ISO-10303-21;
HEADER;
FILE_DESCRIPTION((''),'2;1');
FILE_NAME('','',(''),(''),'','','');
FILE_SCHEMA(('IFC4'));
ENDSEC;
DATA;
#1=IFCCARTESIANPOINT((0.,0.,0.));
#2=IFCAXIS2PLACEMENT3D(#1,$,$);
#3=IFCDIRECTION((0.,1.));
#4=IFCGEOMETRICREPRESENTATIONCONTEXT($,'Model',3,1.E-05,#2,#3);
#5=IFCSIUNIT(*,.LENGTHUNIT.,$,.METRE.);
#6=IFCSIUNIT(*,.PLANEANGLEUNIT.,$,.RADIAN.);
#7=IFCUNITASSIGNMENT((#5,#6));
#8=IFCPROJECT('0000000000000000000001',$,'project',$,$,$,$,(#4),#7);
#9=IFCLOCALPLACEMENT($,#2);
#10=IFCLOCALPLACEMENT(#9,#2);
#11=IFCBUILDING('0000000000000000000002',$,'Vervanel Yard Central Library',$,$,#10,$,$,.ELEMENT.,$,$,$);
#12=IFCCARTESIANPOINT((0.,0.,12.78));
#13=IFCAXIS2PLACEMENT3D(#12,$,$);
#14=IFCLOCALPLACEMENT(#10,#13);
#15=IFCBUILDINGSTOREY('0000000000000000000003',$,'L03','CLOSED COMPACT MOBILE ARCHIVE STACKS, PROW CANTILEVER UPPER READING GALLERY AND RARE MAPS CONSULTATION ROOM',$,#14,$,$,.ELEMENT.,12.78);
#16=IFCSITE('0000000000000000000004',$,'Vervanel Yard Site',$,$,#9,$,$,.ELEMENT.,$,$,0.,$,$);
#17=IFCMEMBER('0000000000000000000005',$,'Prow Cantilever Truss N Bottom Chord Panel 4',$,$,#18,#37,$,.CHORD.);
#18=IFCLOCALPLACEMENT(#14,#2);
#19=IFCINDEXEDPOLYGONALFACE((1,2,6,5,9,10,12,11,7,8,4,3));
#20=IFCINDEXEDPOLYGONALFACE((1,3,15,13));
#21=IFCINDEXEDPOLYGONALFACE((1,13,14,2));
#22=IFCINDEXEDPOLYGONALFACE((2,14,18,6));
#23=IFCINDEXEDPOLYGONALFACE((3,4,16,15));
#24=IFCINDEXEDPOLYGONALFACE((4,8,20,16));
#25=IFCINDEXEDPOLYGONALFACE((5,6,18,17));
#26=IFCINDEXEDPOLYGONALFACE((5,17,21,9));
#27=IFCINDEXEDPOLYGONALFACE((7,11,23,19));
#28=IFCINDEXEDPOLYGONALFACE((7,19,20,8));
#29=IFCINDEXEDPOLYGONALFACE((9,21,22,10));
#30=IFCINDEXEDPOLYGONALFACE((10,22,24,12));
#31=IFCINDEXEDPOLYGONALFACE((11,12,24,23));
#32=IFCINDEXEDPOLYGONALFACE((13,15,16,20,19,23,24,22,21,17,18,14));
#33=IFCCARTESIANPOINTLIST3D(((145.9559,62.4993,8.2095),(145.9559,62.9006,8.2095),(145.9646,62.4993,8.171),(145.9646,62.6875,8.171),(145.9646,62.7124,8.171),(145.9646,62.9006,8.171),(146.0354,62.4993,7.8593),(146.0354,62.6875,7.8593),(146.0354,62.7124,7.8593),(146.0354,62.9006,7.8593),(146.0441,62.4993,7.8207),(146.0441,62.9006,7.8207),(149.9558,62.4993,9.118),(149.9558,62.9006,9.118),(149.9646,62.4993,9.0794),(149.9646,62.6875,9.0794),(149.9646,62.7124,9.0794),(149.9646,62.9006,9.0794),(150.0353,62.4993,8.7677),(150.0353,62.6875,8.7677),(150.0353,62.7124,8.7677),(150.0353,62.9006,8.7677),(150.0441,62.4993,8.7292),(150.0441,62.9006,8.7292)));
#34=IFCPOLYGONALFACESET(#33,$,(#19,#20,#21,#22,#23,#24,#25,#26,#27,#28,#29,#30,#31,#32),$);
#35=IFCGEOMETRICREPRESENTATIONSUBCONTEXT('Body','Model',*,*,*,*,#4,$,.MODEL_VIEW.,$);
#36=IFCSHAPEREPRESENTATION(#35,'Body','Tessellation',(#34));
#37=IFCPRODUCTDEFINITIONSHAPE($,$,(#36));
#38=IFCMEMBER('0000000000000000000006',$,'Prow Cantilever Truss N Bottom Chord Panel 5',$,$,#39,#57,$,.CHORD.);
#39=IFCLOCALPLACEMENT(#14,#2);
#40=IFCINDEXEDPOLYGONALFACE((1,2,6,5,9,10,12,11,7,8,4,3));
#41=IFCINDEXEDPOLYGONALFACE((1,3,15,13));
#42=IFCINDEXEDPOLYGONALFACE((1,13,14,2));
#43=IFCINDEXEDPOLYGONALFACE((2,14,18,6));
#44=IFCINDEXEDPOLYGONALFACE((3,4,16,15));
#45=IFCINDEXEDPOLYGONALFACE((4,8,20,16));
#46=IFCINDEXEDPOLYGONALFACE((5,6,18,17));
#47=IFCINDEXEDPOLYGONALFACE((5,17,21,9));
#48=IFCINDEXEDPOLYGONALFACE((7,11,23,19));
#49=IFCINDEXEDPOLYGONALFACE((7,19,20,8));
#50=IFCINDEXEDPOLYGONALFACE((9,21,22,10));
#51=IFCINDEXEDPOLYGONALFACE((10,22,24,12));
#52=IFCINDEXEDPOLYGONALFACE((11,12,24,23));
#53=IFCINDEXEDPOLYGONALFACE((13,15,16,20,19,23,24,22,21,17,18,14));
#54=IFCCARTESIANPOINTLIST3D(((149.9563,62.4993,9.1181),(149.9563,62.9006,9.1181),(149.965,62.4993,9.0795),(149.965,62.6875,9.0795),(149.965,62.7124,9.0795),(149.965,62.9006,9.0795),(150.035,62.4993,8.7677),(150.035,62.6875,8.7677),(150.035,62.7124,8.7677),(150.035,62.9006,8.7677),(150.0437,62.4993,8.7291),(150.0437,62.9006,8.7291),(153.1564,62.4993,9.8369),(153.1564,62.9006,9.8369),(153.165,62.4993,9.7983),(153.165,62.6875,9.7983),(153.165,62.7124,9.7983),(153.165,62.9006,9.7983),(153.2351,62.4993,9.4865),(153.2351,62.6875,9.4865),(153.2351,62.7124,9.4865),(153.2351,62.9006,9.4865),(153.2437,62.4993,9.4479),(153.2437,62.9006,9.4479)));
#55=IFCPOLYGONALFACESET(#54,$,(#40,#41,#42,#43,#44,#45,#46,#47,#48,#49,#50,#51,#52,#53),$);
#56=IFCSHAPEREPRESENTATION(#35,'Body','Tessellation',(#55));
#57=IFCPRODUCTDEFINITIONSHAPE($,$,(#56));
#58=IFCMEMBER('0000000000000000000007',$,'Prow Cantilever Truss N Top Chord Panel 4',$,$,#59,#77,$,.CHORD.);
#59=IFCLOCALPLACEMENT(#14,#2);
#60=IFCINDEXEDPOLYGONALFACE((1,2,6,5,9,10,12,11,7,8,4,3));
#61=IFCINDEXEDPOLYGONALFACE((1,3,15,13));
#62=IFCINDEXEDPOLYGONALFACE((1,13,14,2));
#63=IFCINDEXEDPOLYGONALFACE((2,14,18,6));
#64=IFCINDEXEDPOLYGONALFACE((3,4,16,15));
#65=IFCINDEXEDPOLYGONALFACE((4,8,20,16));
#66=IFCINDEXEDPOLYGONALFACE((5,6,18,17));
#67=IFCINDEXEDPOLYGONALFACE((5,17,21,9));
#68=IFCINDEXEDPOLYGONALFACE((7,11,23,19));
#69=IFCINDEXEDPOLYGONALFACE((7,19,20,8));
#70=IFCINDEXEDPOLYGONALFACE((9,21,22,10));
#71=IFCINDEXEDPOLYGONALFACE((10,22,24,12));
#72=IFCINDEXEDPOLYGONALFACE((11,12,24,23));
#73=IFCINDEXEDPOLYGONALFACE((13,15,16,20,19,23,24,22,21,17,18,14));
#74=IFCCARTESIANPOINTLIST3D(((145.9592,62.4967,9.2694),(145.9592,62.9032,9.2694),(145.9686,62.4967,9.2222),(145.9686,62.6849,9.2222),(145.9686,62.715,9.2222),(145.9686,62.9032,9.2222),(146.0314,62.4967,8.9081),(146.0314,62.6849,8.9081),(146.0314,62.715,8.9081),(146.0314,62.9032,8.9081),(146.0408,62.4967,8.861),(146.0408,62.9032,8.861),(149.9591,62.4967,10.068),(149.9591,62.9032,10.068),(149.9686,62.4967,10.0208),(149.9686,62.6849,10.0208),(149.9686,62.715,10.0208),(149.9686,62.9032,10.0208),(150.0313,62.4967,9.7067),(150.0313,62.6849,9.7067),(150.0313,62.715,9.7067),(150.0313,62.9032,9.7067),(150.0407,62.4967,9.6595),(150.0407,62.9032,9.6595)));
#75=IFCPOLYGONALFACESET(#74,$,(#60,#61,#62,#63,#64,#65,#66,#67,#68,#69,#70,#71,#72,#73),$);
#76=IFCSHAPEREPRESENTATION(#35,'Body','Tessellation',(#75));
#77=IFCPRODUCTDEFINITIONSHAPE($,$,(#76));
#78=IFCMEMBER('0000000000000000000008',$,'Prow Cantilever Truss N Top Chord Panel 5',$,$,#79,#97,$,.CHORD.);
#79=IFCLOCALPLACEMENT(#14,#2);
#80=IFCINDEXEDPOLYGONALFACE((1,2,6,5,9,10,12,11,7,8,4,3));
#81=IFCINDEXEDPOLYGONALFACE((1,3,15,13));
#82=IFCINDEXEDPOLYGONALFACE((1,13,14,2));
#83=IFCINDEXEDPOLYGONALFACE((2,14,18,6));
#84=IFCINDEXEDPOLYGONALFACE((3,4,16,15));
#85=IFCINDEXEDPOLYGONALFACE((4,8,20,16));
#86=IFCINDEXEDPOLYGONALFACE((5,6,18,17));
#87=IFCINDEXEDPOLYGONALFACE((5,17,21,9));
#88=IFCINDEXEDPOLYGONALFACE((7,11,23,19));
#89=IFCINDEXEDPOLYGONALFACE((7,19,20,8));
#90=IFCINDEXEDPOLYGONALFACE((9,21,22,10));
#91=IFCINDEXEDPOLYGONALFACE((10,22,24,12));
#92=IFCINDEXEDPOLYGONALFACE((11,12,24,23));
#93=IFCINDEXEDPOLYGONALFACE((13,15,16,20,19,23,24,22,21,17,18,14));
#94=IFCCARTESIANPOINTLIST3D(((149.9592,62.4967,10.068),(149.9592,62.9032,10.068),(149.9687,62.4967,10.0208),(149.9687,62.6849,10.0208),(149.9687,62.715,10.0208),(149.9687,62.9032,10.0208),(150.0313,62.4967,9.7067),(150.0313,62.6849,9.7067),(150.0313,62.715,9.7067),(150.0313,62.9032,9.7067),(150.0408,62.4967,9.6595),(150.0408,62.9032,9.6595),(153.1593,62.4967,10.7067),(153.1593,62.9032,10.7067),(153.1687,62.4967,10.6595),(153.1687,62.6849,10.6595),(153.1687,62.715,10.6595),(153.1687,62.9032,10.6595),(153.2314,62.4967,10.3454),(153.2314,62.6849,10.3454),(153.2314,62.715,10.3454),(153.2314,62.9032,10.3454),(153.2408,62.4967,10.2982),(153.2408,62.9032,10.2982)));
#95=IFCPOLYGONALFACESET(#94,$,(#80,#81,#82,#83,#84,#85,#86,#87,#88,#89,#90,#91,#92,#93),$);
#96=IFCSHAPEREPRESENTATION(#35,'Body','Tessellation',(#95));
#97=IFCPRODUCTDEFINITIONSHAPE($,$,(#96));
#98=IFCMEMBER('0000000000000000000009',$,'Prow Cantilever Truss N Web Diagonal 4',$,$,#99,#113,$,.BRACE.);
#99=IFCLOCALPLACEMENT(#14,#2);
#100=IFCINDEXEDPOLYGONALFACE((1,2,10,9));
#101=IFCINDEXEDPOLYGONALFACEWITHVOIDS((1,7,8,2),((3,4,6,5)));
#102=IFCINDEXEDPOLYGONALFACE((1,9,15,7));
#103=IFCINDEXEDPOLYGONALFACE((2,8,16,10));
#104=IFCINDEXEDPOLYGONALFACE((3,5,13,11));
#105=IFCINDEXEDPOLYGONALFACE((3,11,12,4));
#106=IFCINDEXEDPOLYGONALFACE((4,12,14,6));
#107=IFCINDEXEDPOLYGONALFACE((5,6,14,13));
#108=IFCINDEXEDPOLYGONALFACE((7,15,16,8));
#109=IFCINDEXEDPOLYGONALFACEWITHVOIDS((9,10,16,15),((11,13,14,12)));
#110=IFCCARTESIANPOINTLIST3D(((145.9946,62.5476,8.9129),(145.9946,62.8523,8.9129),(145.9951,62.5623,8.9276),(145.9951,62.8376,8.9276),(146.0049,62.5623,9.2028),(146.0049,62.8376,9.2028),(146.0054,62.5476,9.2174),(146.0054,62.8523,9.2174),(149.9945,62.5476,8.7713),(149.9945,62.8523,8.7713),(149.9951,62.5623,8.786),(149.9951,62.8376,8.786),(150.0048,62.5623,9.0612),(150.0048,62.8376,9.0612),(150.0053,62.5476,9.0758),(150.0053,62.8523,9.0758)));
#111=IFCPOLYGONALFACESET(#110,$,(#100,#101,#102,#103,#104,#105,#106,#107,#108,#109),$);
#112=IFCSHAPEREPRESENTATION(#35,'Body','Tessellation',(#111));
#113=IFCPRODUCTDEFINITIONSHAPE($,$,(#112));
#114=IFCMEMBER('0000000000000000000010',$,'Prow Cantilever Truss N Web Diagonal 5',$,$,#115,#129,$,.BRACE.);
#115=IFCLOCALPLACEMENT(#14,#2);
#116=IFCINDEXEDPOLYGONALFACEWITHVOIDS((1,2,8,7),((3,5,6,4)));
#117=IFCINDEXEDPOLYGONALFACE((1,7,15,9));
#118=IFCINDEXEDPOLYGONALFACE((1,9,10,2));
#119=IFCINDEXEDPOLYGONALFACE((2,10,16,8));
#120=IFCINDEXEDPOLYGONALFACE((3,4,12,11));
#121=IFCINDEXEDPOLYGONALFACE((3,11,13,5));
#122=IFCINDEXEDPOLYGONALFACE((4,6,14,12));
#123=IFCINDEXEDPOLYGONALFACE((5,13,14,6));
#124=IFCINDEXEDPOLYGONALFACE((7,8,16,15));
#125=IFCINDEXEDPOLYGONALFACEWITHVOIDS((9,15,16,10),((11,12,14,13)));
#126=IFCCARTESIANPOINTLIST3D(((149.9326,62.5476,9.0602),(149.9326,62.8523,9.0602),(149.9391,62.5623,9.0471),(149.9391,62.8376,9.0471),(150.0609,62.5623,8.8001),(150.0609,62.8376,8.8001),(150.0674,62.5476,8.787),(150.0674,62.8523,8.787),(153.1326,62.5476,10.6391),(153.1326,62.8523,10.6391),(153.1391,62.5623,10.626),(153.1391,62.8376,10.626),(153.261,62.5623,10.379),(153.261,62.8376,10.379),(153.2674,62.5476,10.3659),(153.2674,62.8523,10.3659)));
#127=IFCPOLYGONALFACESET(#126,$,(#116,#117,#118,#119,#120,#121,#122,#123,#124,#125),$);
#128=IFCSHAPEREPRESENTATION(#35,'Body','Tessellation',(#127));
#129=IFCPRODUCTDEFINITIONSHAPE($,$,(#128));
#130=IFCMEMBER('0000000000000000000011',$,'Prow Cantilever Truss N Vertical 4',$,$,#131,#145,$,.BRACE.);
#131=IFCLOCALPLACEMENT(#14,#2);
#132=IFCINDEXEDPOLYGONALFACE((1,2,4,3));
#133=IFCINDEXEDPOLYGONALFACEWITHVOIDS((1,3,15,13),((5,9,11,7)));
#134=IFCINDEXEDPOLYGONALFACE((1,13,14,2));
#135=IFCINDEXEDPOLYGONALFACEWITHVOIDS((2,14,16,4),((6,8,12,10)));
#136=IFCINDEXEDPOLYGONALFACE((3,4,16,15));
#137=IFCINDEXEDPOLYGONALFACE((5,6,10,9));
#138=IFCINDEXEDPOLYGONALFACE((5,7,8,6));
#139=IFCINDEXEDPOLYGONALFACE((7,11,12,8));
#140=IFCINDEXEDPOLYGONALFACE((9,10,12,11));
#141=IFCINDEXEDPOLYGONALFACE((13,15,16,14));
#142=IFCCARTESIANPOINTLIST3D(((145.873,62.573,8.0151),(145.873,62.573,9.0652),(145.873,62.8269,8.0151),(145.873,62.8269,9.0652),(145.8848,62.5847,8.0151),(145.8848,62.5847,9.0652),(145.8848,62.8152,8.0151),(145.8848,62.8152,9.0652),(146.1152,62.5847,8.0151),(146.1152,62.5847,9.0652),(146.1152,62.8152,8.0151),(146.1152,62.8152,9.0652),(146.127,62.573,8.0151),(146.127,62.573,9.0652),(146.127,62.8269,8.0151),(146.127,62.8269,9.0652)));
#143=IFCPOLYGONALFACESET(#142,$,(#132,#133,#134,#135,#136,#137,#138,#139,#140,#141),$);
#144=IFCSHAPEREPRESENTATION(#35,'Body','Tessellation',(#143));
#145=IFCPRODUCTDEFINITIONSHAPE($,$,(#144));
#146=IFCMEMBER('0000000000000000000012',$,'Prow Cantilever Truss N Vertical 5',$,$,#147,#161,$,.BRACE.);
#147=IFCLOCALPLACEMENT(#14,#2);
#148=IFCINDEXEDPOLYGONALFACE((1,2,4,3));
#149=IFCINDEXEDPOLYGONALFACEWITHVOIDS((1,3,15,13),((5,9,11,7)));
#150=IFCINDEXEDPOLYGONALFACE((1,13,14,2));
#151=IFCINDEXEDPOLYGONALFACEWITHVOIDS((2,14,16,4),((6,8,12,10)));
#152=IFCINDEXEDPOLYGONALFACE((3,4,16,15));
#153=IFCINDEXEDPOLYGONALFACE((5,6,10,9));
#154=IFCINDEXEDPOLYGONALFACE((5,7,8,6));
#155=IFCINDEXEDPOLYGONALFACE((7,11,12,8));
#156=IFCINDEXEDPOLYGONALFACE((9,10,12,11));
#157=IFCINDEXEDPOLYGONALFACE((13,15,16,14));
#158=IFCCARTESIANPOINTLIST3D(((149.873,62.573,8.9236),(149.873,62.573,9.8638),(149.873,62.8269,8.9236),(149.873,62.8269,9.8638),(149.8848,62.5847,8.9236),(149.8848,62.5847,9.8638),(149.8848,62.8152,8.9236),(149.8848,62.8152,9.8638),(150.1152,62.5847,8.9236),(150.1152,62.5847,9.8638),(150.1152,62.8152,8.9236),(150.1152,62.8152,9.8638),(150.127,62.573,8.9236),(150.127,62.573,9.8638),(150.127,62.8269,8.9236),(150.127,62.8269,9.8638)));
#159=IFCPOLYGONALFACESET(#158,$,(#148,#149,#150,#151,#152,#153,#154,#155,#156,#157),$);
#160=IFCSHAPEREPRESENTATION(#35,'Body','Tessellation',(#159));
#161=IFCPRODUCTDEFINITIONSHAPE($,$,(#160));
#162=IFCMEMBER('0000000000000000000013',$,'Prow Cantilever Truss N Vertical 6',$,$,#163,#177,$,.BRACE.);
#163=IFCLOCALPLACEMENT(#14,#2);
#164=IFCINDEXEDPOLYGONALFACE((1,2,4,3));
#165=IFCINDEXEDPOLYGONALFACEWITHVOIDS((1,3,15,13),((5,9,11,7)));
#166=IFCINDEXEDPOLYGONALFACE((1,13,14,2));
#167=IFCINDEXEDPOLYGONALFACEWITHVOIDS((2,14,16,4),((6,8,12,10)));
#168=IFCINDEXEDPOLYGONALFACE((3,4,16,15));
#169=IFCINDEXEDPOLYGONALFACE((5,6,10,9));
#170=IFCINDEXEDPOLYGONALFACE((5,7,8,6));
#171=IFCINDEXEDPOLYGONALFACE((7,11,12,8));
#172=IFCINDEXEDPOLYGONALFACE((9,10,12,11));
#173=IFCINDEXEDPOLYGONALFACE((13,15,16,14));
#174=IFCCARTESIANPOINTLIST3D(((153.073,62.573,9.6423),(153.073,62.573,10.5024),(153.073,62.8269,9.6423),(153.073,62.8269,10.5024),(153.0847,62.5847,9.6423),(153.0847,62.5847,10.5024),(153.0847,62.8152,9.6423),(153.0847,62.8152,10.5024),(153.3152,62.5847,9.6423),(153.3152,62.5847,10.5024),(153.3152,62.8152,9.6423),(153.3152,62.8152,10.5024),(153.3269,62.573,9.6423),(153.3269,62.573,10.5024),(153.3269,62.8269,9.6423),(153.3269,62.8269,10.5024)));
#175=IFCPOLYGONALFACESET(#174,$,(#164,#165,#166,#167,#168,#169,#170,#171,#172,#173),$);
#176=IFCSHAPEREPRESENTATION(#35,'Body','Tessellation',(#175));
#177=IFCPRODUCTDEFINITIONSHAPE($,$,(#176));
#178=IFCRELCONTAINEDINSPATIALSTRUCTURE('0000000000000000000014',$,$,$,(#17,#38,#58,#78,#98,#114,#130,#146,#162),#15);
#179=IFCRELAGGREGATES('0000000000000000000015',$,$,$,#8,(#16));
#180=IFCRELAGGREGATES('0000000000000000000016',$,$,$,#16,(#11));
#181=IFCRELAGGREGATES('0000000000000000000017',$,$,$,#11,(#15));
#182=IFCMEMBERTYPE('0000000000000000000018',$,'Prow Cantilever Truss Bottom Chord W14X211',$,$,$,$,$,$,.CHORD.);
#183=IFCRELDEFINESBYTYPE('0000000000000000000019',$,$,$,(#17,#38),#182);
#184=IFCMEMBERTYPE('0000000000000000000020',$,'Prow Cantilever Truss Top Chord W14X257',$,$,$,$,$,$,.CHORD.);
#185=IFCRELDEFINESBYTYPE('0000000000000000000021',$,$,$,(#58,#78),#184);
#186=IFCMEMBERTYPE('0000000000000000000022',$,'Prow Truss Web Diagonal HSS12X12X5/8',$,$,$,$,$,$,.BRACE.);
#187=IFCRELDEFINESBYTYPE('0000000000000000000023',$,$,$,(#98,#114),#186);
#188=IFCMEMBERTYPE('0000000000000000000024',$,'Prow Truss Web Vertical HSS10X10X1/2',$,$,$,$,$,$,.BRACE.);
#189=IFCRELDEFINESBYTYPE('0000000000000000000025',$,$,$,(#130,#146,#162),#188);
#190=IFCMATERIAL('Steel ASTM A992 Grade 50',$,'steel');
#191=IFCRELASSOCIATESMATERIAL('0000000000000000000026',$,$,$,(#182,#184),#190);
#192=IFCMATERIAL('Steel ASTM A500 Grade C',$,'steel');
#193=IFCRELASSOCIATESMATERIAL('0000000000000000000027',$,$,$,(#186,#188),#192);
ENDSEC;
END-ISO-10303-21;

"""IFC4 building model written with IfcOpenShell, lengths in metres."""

from ifc_helpers import new_model, si_unit, direction, frame, origin, origin_2d, place, context, subcontext, project, spatial, hollow_rectangle, i_section, extrude, material, material_profile, profile_set, type_object, element, save


model = new_model("IFC4")

# Units and contexts
model_context = context("Model", 3, precision=1e-05, world=origin(), true_north=direction((0.0, 1.0)))
body_context = subcontext(model_context, "Body", "Model", "MODEL_VIEW")
ifc_project = project(units=[si_unit("LENGTHUNIT", "METRE"), si_unit("PLANEANGLEUNIT", "RADIAN")], contexts=[model_context])

# Site, building, storey
site_placement = place(None, origin())
site = spatial("IfcSite", under=ifc_project, at=site_placement, Name="Vervanel Yard Site", CompositionType="ELEMENT", RefElevation=0.0)
building_placement = place(site_placement, origin())
building = spatial("IfcBuilding", under=site, at=building_placement, Name="Vervanel Yard Central Library", CompositionType="ELEMENT")
storey_placement = place(building_placement, frame((0.0, 0.0, 12.78)))
storey = spatial("IfcBuildingStorey", under=building, at=storey_placement, Name="L03", Description="CLOSED COMPACT MOBILE ARCHIVE STACKS, PROW CANTILEVER UPPER READING GALLERY AND RARE MAPS CONSULTATION ROOM", CompositionType="ELEMENT", Elevation=12.78)

# Members
ifc_material_1 = material(Name="Steel ASTM A992 Grade 50", Category="steel")
ifc_material_profile_1 = material_profile(ifc_material_1, i_section(OverallWidth=0.4014, OverallDepth=0.3987, WebThickness=0.0249, FlangeThickness=0.0396, at=origin_2d()), Name="W14X211", Category="steel")
ifc_profile_set_1 = profile_set([ifc_material_profile_1], Name="Steel ASTM A992 Grade 50")
member_type_1 = type_object("IfcMemberType", Name="Prow Cantilever Truss Bottom Chord W14X211", PredefinedType="CHORD", material=ifc_profile_set_1)
member_1_placement = place(storey_placement, frame((146.0, 62.7, 8.0151), z_axis=(0.975167, 0.0, 0.221472), x_axis=(0.0, 1.0, 0.0)))
element("IfcMember", 1, at=member_1_placement, inside=storey, type_object=member_type_1, Name="Prow Cantilever Truss N Bottom Chord Panel 4", PredefinedType="CHORD", context=body_context, shape_type="SweptSolid", body=[
    extrude(i_section(OverallWidth=0.4014, OverallDepth=0.3987, WebThickness=0.0249, FlangeThickness=0.0396, at=origin_2d()), origin(), (0.0, 0.0, 1.0), 4.1018),
])
member_2_placement = place(storey_placement, frame((150.0, 62.7, 8.9236), z_axis=(0.975691, 0.0, 0.219153), x_axis=(0.0, 1.0, 0.0)))
element("IfcMember", 2, at=member_2_placement, inside=storey, type_object=member_type_1, Name="Prow Cantilever Truss N Bottom Chord Panel 5", PredefinedType="CHORD", context=body_context, shape_type="SweptSolid", body=[
    extrude(i_section(OverallWidth=0.4014, OverallDepth=0.3987, WebThickness=0.0249, FlangeThickness=0.0396, at=origin_2d()), origin(), (0.0, 0.0, 1.0), 3.2798),
])
ifc_material_profile_2 = material_profile(ifc_material_1, i_section(OverallWidth=0.4065, OverallDepth=0.4165, WebThickness=0.03, FlangeThickness=0.0481, at=origin_2d()), Name="W14X257", Category="steel")
ifc_profile_set_2 = profile_set([ifc_material_profile_2], Name="Steel ASTM A992 Grade 50")
member_type_2 = type_object("IfcMemberType", Name="Prow Cantilever Truss Top Chord W14X257", PredefinedType="CHORD", material=ifc_profile_set_2)
member_3_placement = place(storey_placement, frame((146.0, 62.7, 9.0652), z_axis=(0.980647, 0.0, 0.195782), x_axis=(0.0, 1.0, 0.0)))
element("IfcMember", 3, at=member_3_placement, inside=storey, type_object=member_type_2, Name="Prow Cantilever Truss N Top Chord Panel 4", PredefinedType="CHORD", context=body_context, shape_type="SweptSolid", body=[
    extrude(i_section(OverallWidth=0.4065, OverallDepth=0.4165, WebThickness=0.03, FlangeThickness=0.0481, at=origin_2d()), origin(), (0.0, 0.0, 1.0), 4.0789),
])
member_4_placement = place(storey_placement, frame((150.0, 62.7, 9.8638), z_axis=(0.980658, 0.0, 0.195728), x_axis=(0.0, 1.0, 0.0)))
element("IfcMember", 4, at=member_4_placement, inside=storey, type_object=member_type_2, Name="Prow Cantilever Truss N Top Chord Panel 5", PredefinedType="CHORD", context=body_context, shape_type="SweptSolid", body=[
    extrude(i_section(OverallWidth=0.4065, OverallDepth=0.4165, WebThickness=0.03, FlangeThickness=0.0481, at=origin_2d()), origin(), (0.0, 0.0, 1.0), 3.2632),
])
ifc_material_2 = material(Name="Steel ASTM A500 Grade C", Category="steel")
ifc_material_profile_3 = material_profile(ifc_material_2, hollow_rectangle(XDim=0.3047, YDim=0.3047, WallThickness=0.0146, at=origin_2d()), Name="HSS12X12X5/8", Category="steel")
ifc_profile_set_3 = profile_set([ifc_material_profile_3], Name="Steel ASTM A500 Grade C")
member_type_3 = type_object("IfcMemberType", Name="Prow Truss Web Diagonal HSS12X12X5/8", PredefinedType="BRACE", material=ifc_profile_set_3)
member_5_placement = place(storey_placement, frame((146.0, 62.7, 9.0652), z_axis=(0.999374, 0.0, -0.035378), x_axis=(0.0, 1.0, 0.0)))
element("IfcMember", 5, at=member_5_placement, inside=storey, type_object=member_type_3, Name="Prow Cantilever Truss N Web Diagonal 4", PredefinedType="BRACE", context=body_context, shape_type="SweptSolid", body=[
    extrude(hollow_rectangle(XDim=0.3047, YDim=0.3047, WallThickness=0.0146, at=origin_2d()), origin(), (0.0, 0.0, 1.0), 4.0024),
])
member_6_placement = place(storey_placement, frame((150.0, 62.7, 8.9236), z_axis=(0.896782, 0.0, 0.442473), x_axis=(0.0, 1.0, 0.0)))
element("IfcMember", 6, at=member_6_placement, inside=storey, type_object=member_type_3, Name="Prow Cantilever Truss N Web Diagonal 5", PredefinedType="BRACE", context=body_context, shape_type="SweptSolid", body=[
    extrude(hollow_rectangle(XDim=0.3047, YDim=0.3047, WallThickness=0.0146, at=origin_2d()), origin(), (0.0, 0.0, 1.0), 3.5684),
])
ifc_material_profile_4 = material_profile(ifc_material_2, hollow_rectangle(XDim=0.2539, YDim=0.2539, WallThickness=0.0117, at=origin_2d()), Name="HSS10X10X1/2", Category="steel")
ifc_profile_set_4 = profile_set([ifc_material_profile_4], Name="Steel ASTM A500 Grade C")
member_type_4 = type_object("IfcMemberType", Name="Prow Truss Web Vertical HSS10X10X1/2", PredefinedType="BRACE", material=ifc_profile_set_4)
member_7_placement = place(storey_placement, frame((146.0, 62.7, 8.0151), z_axis=(0.0, 0.0, 1.0), x_axis=(1.0, 0.0, 0.0)))
element("IfcMember", 7, at=member_7_placement, inside=storey, type_object=member_type_4, Name="Prow Cantilever Truss N Vertical 4", PredefinedType="BRACE", context=body_context, shape_type="SweptSolid", body=[
    extrude(hollow_rectangle(XDim=0.2539, YDim=0.2539, WallThickness=0.0117, at=origin_2d()), origin(), (0.0, 0.0, 1.0), 1.05),
])
member_8_placement = place(storey_placement, frame((150.0, 62.7, 8.9236), z_axis=(0.0, 0.0, 1.0), x_axis=(1.0, 0.0, 0.0)))
element("IfcMember", 8, at=member_8_placement, inside=storey, type_object=member_type_4, Name="Prow Cantilever Truss N Vertical 5", PredefinedType="BRACE", context=body_context, shape_type="SweptSolid", body=[
    extrude(hollow_rectangle(XDim=0.2539, YDim=0.2539, WallThickness=0.0117, at=origin_2d()), origin(), (0.0, 0.0, 1.0), 0.9402),
])
member_9_placement = place(storey_placement, frame((153.2, 62.7, 9.6423), z_axis=(0.0, 0.0, 1.0), x_axis=(1.0, 0.0, 0.0)))
element("IfcMember", 9, at=member_9_placement, inside=storey, type_object=member_type_4, Name="Prow Cantilever Truss N Vertical 6", PredefinedType="BRACE", context=body_context, shape_type="SweptSolid", body=[
    extrude(hollow_rectangle(XDim=0.2539, YDim=0.2539, WallThickness=0.0117, at=origin_2d()), origin(), (0.0, 0.0, 1.0), 0.8601),
])

save(model, "model.ifc")
